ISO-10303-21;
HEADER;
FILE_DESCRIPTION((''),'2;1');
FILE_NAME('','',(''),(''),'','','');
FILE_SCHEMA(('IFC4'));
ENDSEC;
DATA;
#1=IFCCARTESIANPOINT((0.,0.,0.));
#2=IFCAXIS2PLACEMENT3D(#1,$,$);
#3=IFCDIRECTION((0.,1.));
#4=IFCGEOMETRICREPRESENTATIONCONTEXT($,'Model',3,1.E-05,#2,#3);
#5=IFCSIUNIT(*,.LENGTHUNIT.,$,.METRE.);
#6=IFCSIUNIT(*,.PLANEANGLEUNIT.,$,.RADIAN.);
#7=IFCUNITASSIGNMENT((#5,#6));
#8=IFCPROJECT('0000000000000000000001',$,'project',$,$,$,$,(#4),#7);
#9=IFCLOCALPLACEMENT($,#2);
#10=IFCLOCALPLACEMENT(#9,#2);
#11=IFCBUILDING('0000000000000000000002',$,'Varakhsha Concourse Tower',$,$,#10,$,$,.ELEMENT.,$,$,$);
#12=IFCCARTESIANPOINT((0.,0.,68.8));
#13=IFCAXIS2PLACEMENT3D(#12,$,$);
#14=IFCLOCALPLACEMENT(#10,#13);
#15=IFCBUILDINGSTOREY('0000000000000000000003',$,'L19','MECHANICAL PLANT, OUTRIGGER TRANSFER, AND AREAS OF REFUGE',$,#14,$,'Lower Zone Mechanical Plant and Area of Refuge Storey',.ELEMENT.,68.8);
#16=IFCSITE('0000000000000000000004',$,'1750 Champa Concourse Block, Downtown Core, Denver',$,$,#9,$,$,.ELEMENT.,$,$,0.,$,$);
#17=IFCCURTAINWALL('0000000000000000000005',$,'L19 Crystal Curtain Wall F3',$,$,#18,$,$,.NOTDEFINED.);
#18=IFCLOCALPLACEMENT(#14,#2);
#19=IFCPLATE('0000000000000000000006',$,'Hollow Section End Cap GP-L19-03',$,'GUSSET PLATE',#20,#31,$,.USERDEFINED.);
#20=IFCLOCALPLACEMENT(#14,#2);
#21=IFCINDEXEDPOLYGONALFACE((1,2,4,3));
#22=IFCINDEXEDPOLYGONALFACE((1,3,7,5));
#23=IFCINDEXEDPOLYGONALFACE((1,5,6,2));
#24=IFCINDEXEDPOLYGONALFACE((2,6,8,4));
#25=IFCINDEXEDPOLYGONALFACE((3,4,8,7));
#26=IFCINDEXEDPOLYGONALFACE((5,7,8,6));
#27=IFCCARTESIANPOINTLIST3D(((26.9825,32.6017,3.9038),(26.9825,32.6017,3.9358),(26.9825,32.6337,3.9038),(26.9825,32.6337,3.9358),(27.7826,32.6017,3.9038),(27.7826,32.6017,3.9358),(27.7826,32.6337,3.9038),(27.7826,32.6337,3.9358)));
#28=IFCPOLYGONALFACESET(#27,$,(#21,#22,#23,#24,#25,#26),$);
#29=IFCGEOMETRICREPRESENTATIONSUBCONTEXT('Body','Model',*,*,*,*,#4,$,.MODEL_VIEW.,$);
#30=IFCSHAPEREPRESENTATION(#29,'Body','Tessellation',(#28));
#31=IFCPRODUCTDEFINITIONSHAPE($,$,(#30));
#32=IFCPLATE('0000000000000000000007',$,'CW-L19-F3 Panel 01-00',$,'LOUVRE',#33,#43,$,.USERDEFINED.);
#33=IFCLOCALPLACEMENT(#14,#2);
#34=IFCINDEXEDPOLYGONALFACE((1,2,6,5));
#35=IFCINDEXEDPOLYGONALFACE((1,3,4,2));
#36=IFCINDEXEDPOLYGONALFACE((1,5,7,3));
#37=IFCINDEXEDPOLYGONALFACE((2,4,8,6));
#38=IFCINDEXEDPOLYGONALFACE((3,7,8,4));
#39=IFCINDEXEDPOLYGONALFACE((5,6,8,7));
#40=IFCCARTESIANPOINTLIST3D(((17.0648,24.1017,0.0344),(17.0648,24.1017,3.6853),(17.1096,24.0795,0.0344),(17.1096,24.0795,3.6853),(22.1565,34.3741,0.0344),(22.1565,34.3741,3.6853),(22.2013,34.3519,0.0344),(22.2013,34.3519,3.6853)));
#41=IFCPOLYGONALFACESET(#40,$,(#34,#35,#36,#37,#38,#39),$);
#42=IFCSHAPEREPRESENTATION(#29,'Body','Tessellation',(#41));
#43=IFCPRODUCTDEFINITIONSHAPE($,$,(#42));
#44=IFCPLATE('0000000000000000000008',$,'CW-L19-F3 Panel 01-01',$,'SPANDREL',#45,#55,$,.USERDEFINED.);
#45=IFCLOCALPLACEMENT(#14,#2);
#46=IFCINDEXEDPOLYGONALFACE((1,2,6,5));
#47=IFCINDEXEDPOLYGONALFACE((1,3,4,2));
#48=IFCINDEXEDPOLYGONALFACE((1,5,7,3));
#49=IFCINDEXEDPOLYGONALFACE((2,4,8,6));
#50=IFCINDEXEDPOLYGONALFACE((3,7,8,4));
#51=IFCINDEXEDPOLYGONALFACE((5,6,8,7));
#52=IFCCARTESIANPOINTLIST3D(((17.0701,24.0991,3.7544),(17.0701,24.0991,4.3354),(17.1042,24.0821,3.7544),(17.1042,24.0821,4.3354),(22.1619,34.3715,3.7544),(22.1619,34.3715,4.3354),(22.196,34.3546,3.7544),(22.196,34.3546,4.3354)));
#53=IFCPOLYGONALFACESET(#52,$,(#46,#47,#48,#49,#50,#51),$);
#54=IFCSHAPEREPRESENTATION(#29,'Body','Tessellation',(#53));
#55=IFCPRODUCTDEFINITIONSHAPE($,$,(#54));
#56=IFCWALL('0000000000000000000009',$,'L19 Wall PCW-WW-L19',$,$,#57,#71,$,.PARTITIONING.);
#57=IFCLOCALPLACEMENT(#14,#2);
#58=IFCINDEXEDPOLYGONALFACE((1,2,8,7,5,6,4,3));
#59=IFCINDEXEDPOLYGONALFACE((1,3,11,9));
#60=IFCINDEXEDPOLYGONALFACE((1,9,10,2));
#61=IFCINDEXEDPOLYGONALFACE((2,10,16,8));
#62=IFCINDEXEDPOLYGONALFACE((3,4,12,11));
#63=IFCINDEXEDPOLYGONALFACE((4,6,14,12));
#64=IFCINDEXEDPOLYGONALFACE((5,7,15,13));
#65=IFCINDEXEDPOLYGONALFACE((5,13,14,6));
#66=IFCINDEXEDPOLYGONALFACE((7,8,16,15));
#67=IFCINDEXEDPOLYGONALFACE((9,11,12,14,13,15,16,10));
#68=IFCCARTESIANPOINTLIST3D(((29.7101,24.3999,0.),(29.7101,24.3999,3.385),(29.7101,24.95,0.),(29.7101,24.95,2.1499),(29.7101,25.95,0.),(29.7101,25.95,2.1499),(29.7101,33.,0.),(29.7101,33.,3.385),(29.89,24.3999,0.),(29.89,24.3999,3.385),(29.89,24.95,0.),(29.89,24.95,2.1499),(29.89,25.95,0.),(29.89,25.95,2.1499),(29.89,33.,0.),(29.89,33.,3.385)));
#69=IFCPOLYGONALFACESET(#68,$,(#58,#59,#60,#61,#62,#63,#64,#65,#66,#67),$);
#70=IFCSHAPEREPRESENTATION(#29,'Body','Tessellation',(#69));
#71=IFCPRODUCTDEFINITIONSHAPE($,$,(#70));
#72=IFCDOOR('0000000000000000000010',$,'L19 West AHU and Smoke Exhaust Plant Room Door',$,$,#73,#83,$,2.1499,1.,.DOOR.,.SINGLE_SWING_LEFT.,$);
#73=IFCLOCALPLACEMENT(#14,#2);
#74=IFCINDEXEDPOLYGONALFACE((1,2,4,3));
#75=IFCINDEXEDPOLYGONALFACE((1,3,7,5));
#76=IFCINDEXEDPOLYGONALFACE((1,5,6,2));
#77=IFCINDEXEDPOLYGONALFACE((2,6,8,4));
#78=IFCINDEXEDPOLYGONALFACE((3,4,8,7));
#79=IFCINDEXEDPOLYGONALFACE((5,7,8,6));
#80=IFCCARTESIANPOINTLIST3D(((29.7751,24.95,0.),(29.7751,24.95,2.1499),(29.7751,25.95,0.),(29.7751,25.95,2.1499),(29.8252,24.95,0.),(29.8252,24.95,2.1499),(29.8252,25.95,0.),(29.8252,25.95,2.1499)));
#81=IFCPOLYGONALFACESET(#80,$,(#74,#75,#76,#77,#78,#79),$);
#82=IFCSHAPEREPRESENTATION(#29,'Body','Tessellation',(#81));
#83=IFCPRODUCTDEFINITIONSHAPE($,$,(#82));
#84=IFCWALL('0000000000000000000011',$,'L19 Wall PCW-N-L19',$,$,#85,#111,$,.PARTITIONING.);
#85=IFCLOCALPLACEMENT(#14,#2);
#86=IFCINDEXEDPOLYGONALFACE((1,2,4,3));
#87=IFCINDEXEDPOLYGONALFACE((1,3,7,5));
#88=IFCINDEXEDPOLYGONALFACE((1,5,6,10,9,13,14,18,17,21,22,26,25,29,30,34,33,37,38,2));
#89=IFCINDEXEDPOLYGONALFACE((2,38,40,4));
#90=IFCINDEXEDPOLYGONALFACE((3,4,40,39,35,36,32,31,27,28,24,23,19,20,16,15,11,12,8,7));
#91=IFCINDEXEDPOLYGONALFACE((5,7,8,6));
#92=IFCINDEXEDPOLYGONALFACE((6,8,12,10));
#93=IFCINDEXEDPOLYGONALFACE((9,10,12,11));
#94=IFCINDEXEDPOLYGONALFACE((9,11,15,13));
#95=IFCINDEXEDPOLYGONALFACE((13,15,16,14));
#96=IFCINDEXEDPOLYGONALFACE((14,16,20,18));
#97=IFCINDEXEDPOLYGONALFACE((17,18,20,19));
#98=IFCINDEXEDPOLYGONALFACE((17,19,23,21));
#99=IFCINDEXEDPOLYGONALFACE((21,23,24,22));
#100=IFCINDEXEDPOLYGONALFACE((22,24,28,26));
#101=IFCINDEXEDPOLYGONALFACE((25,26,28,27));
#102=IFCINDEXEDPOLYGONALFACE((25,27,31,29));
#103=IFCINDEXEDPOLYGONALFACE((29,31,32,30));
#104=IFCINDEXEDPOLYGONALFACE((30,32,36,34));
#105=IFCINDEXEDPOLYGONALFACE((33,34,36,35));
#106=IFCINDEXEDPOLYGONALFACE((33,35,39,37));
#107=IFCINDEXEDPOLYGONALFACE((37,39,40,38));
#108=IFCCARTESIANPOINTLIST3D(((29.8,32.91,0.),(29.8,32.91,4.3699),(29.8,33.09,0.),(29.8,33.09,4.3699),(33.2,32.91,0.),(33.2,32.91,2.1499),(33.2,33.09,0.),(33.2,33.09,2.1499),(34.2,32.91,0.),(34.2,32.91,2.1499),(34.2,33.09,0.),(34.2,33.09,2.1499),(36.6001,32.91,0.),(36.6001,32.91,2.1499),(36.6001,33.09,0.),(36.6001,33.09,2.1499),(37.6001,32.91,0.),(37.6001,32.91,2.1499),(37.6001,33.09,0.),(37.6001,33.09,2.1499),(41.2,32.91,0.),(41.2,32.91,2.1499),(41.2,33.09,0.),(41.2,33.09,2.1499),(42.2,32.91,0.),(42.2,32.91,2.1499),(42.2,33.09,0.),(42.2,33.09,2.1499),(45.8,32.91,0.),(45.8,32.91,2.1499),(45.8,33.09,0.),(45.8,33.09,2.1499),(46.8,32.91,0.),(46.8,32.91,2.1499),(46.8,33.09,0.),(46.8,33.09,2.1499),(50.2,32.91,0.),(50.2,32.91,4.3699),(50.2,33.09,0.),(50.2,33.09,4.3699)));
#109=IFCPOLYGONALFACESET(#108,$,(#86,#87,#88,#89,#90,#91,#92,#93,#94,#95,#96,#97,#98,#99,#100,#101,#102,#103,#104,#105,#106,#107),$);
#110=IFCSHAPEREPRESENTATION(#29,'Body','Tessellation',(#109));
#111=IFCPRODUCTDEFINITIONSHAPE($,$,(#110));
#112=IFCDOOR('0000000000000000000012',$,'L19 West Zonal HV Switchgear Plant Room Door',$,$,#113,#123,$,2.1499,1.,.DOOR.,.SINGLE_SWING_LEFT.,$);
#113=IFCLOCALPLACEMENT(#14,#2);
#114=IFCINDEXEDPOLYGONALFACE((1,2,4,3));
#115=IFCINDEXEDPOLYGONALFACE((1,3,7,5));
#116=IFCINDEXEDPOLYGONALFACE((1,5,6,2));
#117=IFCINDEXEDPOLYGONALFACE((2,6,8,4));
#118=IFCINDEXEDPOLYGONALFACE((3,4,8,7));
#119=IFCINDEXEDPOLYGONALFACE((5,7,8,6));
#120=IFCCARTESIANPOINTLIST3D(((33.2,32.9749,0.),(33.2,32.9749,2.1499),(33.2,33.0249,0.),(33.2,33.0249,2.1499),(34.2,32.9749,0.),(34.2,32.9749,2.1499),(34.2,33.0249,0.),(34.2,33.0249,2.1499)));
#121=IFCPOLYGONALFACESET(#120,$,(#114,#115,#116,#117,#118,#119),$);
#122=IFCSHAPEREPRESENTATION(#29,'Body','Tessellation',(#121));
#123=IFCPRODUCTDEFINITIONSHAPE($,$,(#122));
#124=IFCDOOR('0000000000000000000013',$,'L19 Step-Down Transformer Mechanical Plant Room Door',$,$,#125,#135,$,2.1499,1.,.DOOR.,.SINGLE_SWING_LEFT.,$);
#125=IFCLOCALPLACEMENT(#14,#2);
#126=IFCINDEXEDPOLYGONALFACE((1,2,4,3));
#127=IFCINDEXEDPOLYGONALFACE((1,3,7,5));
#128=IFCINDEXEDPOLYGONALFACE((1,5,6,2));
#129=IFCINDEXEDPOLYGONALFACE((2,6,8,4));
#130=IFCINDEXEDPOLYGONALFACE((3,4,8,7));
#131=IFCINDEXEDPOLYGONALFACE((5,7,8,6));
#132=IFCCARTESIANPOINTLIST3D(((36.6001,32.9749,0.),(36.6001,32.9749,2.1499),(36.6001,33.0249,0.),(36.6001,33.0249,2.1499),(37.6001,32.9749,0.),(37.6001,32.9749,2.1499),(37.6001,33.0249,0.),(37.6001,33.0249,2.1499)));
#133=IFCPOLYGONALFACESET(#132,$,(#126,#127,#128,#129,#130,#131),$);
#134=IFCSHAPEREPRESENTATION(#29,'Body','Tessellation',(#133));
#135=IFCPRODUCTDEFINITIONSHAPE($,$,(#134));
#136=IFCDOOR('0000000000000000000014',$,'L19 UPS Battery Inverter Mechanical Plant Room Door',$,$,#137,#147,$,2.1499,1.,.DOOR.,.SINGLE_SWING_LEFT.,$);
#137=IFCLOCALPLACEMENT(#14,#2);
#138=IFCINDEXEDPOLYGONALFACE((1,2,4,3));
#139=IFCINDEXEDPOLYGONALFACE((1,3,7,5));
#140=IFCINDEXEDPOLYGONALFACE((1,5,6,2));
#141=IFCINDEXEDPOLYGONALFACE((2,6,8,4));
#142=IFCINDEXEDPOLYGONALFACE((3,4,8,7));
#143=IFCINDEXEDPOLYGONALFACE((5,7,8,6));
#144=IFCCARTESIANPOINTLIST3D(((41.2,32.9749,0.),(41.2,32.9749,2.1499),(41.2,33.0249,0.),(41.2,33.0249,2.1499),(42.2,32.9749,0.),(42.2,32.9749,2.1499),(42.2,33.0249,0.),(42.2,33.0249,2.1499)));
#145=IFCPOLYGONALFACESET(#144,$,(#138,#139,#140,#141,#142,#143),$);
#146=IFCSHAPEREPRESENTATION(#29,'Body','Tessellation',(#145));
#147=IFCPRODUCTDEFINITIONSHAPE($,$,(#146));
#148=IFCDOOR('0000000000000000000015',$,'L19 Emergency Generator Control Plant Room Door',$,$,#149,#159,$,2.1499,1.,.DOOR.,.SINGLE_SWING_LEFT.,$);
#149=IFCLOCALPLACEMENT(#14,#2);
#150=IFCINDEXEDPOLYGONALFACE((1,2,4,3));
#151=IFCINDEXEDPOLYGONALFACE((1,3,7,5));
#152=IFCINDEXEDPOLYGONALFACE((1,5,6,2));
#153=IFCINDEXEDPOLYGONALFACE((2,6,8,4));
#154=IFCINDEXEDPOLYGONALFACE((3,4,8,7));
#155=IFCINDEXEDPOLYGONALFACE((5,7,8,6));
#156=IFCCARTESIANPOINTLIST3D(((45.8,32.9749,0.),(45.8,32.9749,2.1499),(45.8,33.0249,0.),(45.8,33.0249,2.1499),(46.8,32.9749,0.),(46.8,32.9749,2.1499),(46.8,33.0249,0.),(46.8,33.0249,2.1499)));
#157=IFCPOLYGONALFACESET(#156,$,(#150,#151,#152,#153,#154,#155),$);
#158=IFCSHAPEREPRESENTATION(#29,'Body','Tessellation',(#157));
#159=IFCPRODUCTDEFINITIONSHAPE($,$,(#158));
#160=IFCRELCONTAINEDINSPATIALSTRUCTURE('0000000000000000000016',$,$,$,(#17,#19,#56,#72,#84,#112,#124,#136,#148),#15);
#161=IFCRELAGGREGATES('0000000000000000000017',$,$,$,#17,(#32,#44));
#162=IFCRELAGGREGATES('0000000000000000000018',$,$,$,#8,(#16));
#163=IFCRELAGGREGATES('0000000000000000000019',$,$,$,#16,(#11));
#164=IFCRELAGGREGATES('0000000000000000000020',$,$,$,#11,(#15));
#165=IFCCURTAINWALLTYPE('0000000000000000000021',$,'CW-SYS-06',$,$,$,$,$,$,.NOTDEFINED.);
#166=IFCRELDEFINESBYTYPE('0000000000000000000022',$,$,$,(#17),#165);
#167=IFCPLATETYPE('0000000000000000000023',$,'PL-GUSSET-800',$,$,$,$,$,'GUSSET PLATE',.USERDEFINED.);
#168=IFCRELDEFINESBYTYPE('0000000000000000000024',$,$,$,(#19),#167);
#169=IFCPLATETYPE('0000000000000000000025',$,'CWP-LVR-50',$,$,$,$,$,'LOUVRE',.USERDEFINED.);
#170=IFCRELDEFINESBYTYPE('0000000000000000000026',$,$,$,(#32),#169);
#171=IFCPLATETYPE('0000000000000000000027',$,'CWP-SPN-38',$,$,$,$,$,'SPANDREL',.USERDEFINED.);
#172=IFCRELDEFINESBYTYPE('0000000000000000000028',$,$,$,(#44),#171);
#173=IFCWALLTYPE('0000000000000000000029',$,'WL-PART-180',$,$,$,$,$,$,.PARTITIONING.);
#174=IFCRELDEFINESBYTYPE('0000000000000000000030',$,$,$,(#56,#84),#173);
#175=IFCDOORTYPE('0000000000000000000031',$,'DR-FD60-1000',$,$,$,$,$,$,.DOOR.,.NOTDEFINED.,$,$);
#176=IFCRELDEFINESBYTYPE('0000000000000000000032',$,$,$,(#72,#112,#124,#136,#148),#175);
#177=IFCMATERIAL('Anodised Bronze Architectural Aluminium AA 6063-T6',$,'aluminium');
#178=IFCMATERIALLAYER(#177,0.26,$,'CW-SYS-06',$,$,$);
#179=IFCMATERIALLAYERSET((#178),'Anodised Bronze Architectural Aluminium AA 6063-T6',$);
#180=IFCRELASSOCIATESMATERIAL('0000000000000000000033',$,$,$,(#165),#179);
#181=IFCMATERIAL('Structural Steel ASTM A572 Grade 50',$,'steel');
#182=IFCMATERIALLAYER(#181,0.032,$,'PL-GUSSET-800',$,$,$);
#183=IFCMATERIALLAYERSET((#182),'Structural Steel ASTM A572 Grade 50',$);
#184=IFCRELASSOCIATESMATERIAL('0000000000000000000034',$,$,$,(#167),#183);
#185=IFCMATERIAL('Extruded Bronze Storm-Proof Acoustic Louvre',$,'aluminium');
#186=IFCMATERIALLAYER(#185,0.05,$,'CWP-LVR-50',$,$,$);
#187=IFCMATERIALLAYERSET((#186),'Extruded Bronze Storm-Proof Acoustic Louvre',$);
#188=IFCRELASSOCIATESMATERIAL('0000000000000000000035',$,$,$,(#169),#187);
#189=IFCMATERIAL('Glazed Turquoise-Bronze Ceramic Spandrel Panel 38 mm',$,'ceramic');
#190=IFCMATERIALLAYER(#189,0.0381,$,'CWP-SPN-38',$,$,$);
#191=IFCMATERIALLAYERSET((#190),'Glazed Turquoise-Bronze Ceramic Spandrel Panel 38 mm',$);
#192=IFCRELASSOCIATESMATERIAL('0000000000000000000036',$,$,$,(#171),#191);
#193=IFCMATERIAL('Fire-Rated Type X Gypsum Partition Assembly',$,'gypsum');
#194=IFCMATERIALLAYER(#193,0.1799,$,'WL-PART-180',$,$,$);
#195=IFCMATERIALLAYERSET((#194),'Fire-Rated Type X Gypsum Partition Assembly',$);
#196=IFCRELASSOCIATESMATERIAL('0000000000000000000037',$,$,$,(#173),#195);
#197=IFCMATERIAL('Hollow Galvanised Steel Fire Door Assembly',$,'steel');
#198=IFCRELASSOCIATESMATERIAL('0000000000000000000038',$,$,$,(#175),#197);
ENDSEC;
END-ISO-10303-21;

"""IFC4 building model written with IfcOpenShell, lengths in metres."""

from ifc_helpers import new_model, si_unit, direction, frame, frame_2d, origin, origin_2d, place, context, subcontext, project, spatial, rectangle, extrude, source, transform, mapped, material, layer, layer_set, type_object, type_shapes, element, fill, aggregate, save


model = new_model("IFC4")

# Units and contexts
model_context = context("Model", 3, precision=1e-05, world=origin(), true_north=direction((0.0, 1.0)))
body_context = subcontext(model_context, "Body", "Model", "MODEL_VIEW")
ifc_project = project(units=[si_unit("LENGTHUNIT", "METRE"), si_unit("PLANEANGLEUNIT", "RADIAN")], contexts=[model_context])

# Site, building, storey
site_placement = place(None, origin())
site = spatial("IfcSite", under=ifc_project, at=site_placement, Name="1750 Champa Concourse Block, Downtown Core, Denver", CompositionType="ELEMENT", RefElevation=0.0)
building_placement = place(site_placement, origin())
building = spatial("IfcBuilding", under=site, at=building_placement, Name="Varakhsha Concourse Tower", CompositionType="ELEMENT")
storey_placement = place(building_placement, frame((0.0, 0.0, 68.8)))
storey = spatial("IfcBuildingStorey", under=building, at=storey_placement, Name="L19", Description="MECHANICAL PLANT, OUTRIGGER TRANSFER, AND AREAS OF REFUGE", LongName="Lower Zone Mechanical Plant and Area of Refuge Storey", CompositionType="ELEMENT", Elevation=68.8)

# Shared definitions
ifc_material_1 = material(Name="Structural Steel ASTM A572 Grade 50", Category="steel")

# Curtain wall
ifc_material_2 = material(Name="Anodised Bronze Architectural Aluminium AA 6063-T6", Category="aluminium")
ifc_layer_1 = layer(ifc_material_2, 0.26, Name="CW-SYS-06")
ifc_layer_set_1 = layer_set([ifc_layer_1], Name="Anodised Bronze Architectural Aluminium AA 6063-T6")
curtain_wall_type = type_object("IfcCurtainWallType", Name="CW-SYS-06", PredefinedType="NOTDEFINED", material=ifc_layer_set_1)
curtain_wall_placement = place(storey_placement, origin())
curtain_wall = element("IfcCurtainWall", 1, at=curtain_wall_placement, inside=storey, type_object=curtain_wall_type, Name="L19 Crystal Curtain Wall F3", PredefinedType="NOTDEFINED")

# Plate
ifc_layer_2 = layer(ifc_material_1, 0.032, Name="PL-GUSSET-800")
ifc_layer_set_2 = layer_set([ifc_layer_2], Name="Structural Steel ASTM A572 Grade 50")
plate_type_1 = type_object("IfcPlateType", Name="PL-GUSSET-800", ElementType="GUSSET PLATE", PredefinedType="USERDEFINED", material=ifc_layer_set_2)
shared_shape_1 = source(origin(), body_context, "Body", "SweptSolid", [
    extrude(rectangle(XDim=0.8, YDim=0.032, at=origin_2d()), origin(), (0.0, 0.0, 1.0), 0.032),
])
type_shapes(plate_type_1, [shared_shape_1])
plate_1_placement = place(storey_placement, frame((27.3826, 32.6177, 3.9038), z_axis=(0.0, 0.0, 1.0), x_axis=(1.0, 0.0, 0.0)))
element("IfcPlate", 2, at=plate_1_placement, inside=storey, type_object=plate_type_1, Name="Hollow Section End Cap GP-L19-03", ObjectType="GUSSET PLATE", PredefinedType="USERDEFINED", context=body_context, shape_type="MappedRepresentation", body=[
    mapped(shared_shape_1, transform((0.0, 0.0, 0.0), scale=1.0)),
])

# Plates
ifc_material_3 = material(Name="Extruded Bronze Storm-Proof Acoustic Louvre", Category="aluminium")
ifc_layer_3 = layer(ifc_material_3, 0.05, Name="CWP-LVR-50")
ifc_layer_set_3 = layer_set([ifc_layer_3], Name="Extruded Bronze Storm-Proof Acoustic Louvre")
plate_type_2 = type_object("IfcPlateType", Name="CWP-LVR-50", ElementType="LOUVRE", PredefinedType="USERDEFINED", material=ifc_layer_set_3)
shared_shape_2 = source(origin(), body_context, "Body", "SweptSolid", [
    extrude(rectangle(XDim=11.4651, YDim=0.05, at=origin_2d()), origin(), (0.0, 0.0, 1.0), 3.6509),
])
type_shapes(plate_type_2, [shared_shape_2])
plate_2_placement = place(storey_placement, frame((19.6331, 29.2268, 0.0344), z_axis=(0.0, 0.0, 1.0), x_axis=(0.444108, 0.895973, 0.0)))
plate_2 = element("IfcPlate", 3, at=plate_2_placement, type_object=plate_type_2, Name="CW-L19-F3 Panel 01-00", ObjectType="LOUVRE", PredefinedType="USERDEFINED", context=body_context, shape_type="MappedRepresentation", body=[
    mapped(shared_shape_2, transform((0.0, 0.0, 0.0), scale=1.0)),
])
ifc_material_4 = material(Name="Glazed Turquoise-Bronze Ceramic Spandrel Panel 38 mm", Category="ceramic")
ifc_layer_4 = layer(ifc_material_4, 0.0381, Name="CWP-SPN-38")
ifc_layer_set_4 = layer_set([ifc_layer_4], Name="Glazed Turquoise-Bronze Ceramic Spandrel Panel 38 mm")
plate_type_3 = type_object("IfcPlateType", Name="CWP-SPN-38", ElementType="SPANDREL", PredefinedType="USERDEFINED", material=ifc_layer_set_4)
shared_shape_3 = source(origin(), body_context, "Body", "SweptSolid", [
    extrude(rectangle(XDim=11.4651, YDim=0.0381, at=origin_2d()), origin(), (0.0, 0.0, 1.0), 0.5811),
])
type_shapes(plate_type_3, [shared_shape_3])
plate_3_placement = place(storey_placement, frame((19.6331, 29.2268, 3.7544), z_axis=(0.0, 0.0, 1.0), x_axis=(0.444108, 0.895973, 0.0)))
plate_3 = element("IfcPlate", 4, at=plate_3_placement, type_object=plate_type_3, Name="CW-L19-F3 Panel 01-01", ObjectType="SPANDREL", PredefinedType="USERDEFINED", context=body_context, shape_type="MappedRepresentation", body=[
    mapped(shared_shape_3, transform((0.0, 0.0, 0.0), scale=1.0)),
])
aggregate(curtain_wall, [plate_2, plate_3])

# Wall, opening, door
ifc_material_5 = material(Name="Fire-Rated Type X Gypsum Partition Assembly", Category="gypsum")
ifc_layer_5 = layer(ifc_material_5, 0.1799, Name="WL-PART-180")
ifc_layer_set_5 = layer_set([ifc_layer_5], Name="Fire-Rated Type X Gypsum Partition Assembly")
wall_type_1 = type_object("IfcWallType", Name="WL-PART-180", PredefinedType="PARTITIONING", material=ifc_layer_set_5)
wall_1_placement = place(storey_placement, frame((29.8, 24.3999, 0.0), z_axis=(0.0, 0.0, 1.0), x_axis=(0.0, 1.0, 0.0)))
wall_1 = element("IfcWall", 5, at=wall_1_placement, inside=storey, type_object=wall_type_1, Name="L19 Wall PCW-WW-L19", PredefinedType="PARTITIONING", context=body_context, shape_type="SweptSolid", body=[
    extrude(rectangle(XDim=8.6001, YDim=0.1799, at=frame_2d((4.3, 0.0))), origin(), (0.0, 0.0, 1.0), 3.385),
])
opening_1_placement = place(wall_1_placement, frame((0.55, 0.0, 0.0)))
opening_1 = element("IfcOpeningElement", 6, at=opening_1_placement, cuts=wall_1, PredefinedType="OPENING", context=body_context, shape_type="SweptSolid", body=[
    extrude(rectangle(XDim=1.0, YDim=2.1499, at=frame_2d((0.5, 1.075))), frame((0.0, 0.0999, 0.0), z_axis=(0.0, -1.0, 0.0), x_axis=(1.0, 0.0, 0.0)), (0.0, 0.0, 1.0), 0.2),
])
ifc_material_6 = material(Name="Hollow Galvanised Steel Fire Door Assembly", Category="steel")
door_type_1 = type_object("IfcDoorType", Name="DR-FD60-1000", OperationType="NOTDEFINED", PredefinedType="DOOR", material=ifc_material_6)
door_1_placement = place(opening_1_placement, origin())
door_1 = element("IfcDoor", 7, at=door_1_placement, inside=storey, type_object=door_type_1, Name="L19 West AHU and Smoke Exhaust Plant Room Door", OperationType="SINGLE_SWING_LEFT", OverallHeight=2.1499, OverallWidth=1.0, PredefinedType="DOOR", context=body_context, shape_type="SweptSolid", body=[
    extrude(rectangle(XDim=1.0, YDim=2.1499, at=frame_2d((0.5, 1.075))), frame((0.0, 0.0249, 0.0), z_axis=(0.0, -1.0, 0.0), x_axis=(1.0, 0.0, 0.0)), (0.0, 0.0, 1.0), 0.05),
])
fill(opening_1, door_1)

# Wall, openings, doors
wall_2_placement = place(storey_placement, frame((29.8, 33.0, 0.0), z_axis=(0.0, 0.0, 1.0), x_axis=(1.0, 0.0, 0.0)))
wall_2 = element("IfcWall", 8, at=wall_2_placement, inside=storey, type_object=wall_type_1, Name="L19 Wall PCW-N-L19", PredefinedType="PARTITIONING", context=body_context, shape_type="SweptSolid", body=[
    extrude(rectangle(XDim=20.3999, YDim=0.1799, at=frame_2d((10.2, 0.0))), origin(), (0.0, 0.0, 1.0), 4.3699),
])
opening_2_placement = place(wall_2_placement, frame((3.3999, 0.0, 0.0)))
opening_2 = element("IfcOpeningElement", 9, at=opening_2_placement, cuts=wall_2, PredefinedType="OPENING", context=body_context, shape_type="SweptSolid", body=[
    extrude(rectangle(XDim=1.0, YDim=2.1499, at=frame_2d((0.5, 1.075))), frame((0.0, 0.0999, 0.0), z_axis=(0.0, -1.0, 0.0), x_axis=(1.0, 0.0, 0.0)), (0.0, 0.0, 1.0), 0.2),
])
opening_3_placement = place(wall_2_placement, frame((6.8, 0.0, 0.0)))
opening_3 = element("IfcOpeningElement", 10, at=opening_3_placement, cuts=wall_2, PredefinedType="OPENING", context=body_context, shape_type="SweptSolid", body=[
    extrude(rectangle(XDim=1.0, YDim=2.1499, at=frame_2d((0.5, 1.075))), frame((0.0, 0.0999, 0.0), z_axis=(0.0, -1.0, 0.0), x_axis=(1.0, 0.0, 0.0)), (0.0, 0.0, 1.0), 0.2),
])
opening_4_placement = place(wall_2_placement, frame((11.3999, 0.0, 0.0)))
opening_4 = element("IfcOpeningElement", 11, at=opening_4_placement, cuts=wall_2, PredefinedType="OPENING", context=body_context, shape_type="SweptSolid", body=[
    extrude(rectangle(XDim=1.0, YDim=2.1499, at=frame_2d((0.5, 1.075))), frame((0.0, 0.0999, 0.0), z_axis=(0.0, -1.0, 0.0), x_axis=(1.0, 0.0, 0.0)), (0.0, 0.0, 1.0), 0.2),
])
opening_5_placement = place(wall_2_placement, frame((16.0, 0.0, 0.0)))
opening_5 = element("IfcOpeningElement", 12, at=opening_5_placement, cuts=wall_2, PredefinedType="OPENING", context=body_context, shape_type="SweptSolid", body=[
    extrude(rectangle(XDim=1.0, YDim=2.1499, at=frame_2d((0.5, 1.075))), frame((0.0, 0.0999, 0.0), z_axis=(0.0, -1.0, 0.0), x_axis=(1.0, 0.0, 0.0)), (0.0, 0.0, 1.0), 0.2),
])
door_2_placement = place(opening_2_placement, origin())
door_2 = element("IfcDoor", 13, at=door_2_placement, inside=storey, type_object=door_type_1, Name="L19 West Zonal HV Switchgear Plant Room Door", OperationType="SINGLE_SWING_LEFT", OverallHeight=2.1499, OverallWidth=1.0, PredefinedType="DOOR", context=body_context, shape_type="SweptSolid", body=[
    extrude(rectangle(XDim=1.0, YDim=2.1499, at=frame_2d((0.5, 1.075))), frame((0.0, 0.0249, 0.0), z_axis=(0.0, -1.0, 0.0), x_axis=(1.0, 0.0, 0.0)), (0.0, 0.0, 1.0), 0.05),
])
fill(opening_2, door_2)
door_3_placement = place(opening_3_placement, origin())
door_3 = element("IfcDoor", 14, at=door_3_placement, inside=storey, type_object=door_type_1, Name="L19 Step-Down Transformer Mechanical Plant Room Door", OperationType="SINGLE_SWING_LEFT", OverallHeight=2.1499, OverallWidth=1.0, PredefinedType="DOOR", context=body_context, shape_type="SweptSolid", body=[
    extrude(rectangle(XDim=1.0, YDim=2.1499, at=frame_2d((0.5, 1.075))), frame((0.0, 0.0249, 0.0), z_axis=(0.0, -1.0, 0.0), x_axis=(1.0, 0.0, 0.0)), (0.0, 0.0, 1.0), 0.05),
])
fill(opening_3, door_3)
door_4_placement = place(opening_4_placement, origin())
door_4 = element("IfcDoor", 15, at=door_4_placement, inside=storey, type_object=door_type_1, Name="L19 UPS Battery Inverter Mechanical Plant Room Door", OperationType="SINGLE_SWING_LEFT", OverallHeight=2.1499, OverallWidth=1.0, PredefinedType="DOOR", context=body_context, shape_type="SweptSolid", body=[
    extrude(rectangle(XDim=1.0, YDim=2.1499, at=frame_2d((0.5, 1.075))), frame((0.0, 0.0249, 0.0), z_axis=(0.0, -1.0, 0.0), x_axis=(1.0, 0.0, 0.0)), (0.0, 0.0, 1.0), 0.05),
])
fill(opening_4, door_4)
door_5_placement = place(opening_5_placement, origin())
door_5 = element("IfcDoor", 16, at=door_5_placement, inside=storey, type_object=door_type_1, Name="L19 Emergency Generator Control Plant Room Door", OperationType="SINGLE_SWING_LEFT", OverallHeight=2.1499, OverallWidth=1.0, PredefinedType="DOOR", context=body_context, shape_type="SweptSolid", body=[
    extrude(rectangle(XDim=1.0, YDim=2.1499, at=frame_2d((0.5, 1.075))), frame((0.0, 0.0249, 0.0), z_axis=(0.0, -1.0, 0.0), x_axis=(1.0, 0.0, 0.0)), (0.0, 0.0, 1.0), 0.05),
])
fill(opening_5, door_5)

save(model, "model.ifc")
